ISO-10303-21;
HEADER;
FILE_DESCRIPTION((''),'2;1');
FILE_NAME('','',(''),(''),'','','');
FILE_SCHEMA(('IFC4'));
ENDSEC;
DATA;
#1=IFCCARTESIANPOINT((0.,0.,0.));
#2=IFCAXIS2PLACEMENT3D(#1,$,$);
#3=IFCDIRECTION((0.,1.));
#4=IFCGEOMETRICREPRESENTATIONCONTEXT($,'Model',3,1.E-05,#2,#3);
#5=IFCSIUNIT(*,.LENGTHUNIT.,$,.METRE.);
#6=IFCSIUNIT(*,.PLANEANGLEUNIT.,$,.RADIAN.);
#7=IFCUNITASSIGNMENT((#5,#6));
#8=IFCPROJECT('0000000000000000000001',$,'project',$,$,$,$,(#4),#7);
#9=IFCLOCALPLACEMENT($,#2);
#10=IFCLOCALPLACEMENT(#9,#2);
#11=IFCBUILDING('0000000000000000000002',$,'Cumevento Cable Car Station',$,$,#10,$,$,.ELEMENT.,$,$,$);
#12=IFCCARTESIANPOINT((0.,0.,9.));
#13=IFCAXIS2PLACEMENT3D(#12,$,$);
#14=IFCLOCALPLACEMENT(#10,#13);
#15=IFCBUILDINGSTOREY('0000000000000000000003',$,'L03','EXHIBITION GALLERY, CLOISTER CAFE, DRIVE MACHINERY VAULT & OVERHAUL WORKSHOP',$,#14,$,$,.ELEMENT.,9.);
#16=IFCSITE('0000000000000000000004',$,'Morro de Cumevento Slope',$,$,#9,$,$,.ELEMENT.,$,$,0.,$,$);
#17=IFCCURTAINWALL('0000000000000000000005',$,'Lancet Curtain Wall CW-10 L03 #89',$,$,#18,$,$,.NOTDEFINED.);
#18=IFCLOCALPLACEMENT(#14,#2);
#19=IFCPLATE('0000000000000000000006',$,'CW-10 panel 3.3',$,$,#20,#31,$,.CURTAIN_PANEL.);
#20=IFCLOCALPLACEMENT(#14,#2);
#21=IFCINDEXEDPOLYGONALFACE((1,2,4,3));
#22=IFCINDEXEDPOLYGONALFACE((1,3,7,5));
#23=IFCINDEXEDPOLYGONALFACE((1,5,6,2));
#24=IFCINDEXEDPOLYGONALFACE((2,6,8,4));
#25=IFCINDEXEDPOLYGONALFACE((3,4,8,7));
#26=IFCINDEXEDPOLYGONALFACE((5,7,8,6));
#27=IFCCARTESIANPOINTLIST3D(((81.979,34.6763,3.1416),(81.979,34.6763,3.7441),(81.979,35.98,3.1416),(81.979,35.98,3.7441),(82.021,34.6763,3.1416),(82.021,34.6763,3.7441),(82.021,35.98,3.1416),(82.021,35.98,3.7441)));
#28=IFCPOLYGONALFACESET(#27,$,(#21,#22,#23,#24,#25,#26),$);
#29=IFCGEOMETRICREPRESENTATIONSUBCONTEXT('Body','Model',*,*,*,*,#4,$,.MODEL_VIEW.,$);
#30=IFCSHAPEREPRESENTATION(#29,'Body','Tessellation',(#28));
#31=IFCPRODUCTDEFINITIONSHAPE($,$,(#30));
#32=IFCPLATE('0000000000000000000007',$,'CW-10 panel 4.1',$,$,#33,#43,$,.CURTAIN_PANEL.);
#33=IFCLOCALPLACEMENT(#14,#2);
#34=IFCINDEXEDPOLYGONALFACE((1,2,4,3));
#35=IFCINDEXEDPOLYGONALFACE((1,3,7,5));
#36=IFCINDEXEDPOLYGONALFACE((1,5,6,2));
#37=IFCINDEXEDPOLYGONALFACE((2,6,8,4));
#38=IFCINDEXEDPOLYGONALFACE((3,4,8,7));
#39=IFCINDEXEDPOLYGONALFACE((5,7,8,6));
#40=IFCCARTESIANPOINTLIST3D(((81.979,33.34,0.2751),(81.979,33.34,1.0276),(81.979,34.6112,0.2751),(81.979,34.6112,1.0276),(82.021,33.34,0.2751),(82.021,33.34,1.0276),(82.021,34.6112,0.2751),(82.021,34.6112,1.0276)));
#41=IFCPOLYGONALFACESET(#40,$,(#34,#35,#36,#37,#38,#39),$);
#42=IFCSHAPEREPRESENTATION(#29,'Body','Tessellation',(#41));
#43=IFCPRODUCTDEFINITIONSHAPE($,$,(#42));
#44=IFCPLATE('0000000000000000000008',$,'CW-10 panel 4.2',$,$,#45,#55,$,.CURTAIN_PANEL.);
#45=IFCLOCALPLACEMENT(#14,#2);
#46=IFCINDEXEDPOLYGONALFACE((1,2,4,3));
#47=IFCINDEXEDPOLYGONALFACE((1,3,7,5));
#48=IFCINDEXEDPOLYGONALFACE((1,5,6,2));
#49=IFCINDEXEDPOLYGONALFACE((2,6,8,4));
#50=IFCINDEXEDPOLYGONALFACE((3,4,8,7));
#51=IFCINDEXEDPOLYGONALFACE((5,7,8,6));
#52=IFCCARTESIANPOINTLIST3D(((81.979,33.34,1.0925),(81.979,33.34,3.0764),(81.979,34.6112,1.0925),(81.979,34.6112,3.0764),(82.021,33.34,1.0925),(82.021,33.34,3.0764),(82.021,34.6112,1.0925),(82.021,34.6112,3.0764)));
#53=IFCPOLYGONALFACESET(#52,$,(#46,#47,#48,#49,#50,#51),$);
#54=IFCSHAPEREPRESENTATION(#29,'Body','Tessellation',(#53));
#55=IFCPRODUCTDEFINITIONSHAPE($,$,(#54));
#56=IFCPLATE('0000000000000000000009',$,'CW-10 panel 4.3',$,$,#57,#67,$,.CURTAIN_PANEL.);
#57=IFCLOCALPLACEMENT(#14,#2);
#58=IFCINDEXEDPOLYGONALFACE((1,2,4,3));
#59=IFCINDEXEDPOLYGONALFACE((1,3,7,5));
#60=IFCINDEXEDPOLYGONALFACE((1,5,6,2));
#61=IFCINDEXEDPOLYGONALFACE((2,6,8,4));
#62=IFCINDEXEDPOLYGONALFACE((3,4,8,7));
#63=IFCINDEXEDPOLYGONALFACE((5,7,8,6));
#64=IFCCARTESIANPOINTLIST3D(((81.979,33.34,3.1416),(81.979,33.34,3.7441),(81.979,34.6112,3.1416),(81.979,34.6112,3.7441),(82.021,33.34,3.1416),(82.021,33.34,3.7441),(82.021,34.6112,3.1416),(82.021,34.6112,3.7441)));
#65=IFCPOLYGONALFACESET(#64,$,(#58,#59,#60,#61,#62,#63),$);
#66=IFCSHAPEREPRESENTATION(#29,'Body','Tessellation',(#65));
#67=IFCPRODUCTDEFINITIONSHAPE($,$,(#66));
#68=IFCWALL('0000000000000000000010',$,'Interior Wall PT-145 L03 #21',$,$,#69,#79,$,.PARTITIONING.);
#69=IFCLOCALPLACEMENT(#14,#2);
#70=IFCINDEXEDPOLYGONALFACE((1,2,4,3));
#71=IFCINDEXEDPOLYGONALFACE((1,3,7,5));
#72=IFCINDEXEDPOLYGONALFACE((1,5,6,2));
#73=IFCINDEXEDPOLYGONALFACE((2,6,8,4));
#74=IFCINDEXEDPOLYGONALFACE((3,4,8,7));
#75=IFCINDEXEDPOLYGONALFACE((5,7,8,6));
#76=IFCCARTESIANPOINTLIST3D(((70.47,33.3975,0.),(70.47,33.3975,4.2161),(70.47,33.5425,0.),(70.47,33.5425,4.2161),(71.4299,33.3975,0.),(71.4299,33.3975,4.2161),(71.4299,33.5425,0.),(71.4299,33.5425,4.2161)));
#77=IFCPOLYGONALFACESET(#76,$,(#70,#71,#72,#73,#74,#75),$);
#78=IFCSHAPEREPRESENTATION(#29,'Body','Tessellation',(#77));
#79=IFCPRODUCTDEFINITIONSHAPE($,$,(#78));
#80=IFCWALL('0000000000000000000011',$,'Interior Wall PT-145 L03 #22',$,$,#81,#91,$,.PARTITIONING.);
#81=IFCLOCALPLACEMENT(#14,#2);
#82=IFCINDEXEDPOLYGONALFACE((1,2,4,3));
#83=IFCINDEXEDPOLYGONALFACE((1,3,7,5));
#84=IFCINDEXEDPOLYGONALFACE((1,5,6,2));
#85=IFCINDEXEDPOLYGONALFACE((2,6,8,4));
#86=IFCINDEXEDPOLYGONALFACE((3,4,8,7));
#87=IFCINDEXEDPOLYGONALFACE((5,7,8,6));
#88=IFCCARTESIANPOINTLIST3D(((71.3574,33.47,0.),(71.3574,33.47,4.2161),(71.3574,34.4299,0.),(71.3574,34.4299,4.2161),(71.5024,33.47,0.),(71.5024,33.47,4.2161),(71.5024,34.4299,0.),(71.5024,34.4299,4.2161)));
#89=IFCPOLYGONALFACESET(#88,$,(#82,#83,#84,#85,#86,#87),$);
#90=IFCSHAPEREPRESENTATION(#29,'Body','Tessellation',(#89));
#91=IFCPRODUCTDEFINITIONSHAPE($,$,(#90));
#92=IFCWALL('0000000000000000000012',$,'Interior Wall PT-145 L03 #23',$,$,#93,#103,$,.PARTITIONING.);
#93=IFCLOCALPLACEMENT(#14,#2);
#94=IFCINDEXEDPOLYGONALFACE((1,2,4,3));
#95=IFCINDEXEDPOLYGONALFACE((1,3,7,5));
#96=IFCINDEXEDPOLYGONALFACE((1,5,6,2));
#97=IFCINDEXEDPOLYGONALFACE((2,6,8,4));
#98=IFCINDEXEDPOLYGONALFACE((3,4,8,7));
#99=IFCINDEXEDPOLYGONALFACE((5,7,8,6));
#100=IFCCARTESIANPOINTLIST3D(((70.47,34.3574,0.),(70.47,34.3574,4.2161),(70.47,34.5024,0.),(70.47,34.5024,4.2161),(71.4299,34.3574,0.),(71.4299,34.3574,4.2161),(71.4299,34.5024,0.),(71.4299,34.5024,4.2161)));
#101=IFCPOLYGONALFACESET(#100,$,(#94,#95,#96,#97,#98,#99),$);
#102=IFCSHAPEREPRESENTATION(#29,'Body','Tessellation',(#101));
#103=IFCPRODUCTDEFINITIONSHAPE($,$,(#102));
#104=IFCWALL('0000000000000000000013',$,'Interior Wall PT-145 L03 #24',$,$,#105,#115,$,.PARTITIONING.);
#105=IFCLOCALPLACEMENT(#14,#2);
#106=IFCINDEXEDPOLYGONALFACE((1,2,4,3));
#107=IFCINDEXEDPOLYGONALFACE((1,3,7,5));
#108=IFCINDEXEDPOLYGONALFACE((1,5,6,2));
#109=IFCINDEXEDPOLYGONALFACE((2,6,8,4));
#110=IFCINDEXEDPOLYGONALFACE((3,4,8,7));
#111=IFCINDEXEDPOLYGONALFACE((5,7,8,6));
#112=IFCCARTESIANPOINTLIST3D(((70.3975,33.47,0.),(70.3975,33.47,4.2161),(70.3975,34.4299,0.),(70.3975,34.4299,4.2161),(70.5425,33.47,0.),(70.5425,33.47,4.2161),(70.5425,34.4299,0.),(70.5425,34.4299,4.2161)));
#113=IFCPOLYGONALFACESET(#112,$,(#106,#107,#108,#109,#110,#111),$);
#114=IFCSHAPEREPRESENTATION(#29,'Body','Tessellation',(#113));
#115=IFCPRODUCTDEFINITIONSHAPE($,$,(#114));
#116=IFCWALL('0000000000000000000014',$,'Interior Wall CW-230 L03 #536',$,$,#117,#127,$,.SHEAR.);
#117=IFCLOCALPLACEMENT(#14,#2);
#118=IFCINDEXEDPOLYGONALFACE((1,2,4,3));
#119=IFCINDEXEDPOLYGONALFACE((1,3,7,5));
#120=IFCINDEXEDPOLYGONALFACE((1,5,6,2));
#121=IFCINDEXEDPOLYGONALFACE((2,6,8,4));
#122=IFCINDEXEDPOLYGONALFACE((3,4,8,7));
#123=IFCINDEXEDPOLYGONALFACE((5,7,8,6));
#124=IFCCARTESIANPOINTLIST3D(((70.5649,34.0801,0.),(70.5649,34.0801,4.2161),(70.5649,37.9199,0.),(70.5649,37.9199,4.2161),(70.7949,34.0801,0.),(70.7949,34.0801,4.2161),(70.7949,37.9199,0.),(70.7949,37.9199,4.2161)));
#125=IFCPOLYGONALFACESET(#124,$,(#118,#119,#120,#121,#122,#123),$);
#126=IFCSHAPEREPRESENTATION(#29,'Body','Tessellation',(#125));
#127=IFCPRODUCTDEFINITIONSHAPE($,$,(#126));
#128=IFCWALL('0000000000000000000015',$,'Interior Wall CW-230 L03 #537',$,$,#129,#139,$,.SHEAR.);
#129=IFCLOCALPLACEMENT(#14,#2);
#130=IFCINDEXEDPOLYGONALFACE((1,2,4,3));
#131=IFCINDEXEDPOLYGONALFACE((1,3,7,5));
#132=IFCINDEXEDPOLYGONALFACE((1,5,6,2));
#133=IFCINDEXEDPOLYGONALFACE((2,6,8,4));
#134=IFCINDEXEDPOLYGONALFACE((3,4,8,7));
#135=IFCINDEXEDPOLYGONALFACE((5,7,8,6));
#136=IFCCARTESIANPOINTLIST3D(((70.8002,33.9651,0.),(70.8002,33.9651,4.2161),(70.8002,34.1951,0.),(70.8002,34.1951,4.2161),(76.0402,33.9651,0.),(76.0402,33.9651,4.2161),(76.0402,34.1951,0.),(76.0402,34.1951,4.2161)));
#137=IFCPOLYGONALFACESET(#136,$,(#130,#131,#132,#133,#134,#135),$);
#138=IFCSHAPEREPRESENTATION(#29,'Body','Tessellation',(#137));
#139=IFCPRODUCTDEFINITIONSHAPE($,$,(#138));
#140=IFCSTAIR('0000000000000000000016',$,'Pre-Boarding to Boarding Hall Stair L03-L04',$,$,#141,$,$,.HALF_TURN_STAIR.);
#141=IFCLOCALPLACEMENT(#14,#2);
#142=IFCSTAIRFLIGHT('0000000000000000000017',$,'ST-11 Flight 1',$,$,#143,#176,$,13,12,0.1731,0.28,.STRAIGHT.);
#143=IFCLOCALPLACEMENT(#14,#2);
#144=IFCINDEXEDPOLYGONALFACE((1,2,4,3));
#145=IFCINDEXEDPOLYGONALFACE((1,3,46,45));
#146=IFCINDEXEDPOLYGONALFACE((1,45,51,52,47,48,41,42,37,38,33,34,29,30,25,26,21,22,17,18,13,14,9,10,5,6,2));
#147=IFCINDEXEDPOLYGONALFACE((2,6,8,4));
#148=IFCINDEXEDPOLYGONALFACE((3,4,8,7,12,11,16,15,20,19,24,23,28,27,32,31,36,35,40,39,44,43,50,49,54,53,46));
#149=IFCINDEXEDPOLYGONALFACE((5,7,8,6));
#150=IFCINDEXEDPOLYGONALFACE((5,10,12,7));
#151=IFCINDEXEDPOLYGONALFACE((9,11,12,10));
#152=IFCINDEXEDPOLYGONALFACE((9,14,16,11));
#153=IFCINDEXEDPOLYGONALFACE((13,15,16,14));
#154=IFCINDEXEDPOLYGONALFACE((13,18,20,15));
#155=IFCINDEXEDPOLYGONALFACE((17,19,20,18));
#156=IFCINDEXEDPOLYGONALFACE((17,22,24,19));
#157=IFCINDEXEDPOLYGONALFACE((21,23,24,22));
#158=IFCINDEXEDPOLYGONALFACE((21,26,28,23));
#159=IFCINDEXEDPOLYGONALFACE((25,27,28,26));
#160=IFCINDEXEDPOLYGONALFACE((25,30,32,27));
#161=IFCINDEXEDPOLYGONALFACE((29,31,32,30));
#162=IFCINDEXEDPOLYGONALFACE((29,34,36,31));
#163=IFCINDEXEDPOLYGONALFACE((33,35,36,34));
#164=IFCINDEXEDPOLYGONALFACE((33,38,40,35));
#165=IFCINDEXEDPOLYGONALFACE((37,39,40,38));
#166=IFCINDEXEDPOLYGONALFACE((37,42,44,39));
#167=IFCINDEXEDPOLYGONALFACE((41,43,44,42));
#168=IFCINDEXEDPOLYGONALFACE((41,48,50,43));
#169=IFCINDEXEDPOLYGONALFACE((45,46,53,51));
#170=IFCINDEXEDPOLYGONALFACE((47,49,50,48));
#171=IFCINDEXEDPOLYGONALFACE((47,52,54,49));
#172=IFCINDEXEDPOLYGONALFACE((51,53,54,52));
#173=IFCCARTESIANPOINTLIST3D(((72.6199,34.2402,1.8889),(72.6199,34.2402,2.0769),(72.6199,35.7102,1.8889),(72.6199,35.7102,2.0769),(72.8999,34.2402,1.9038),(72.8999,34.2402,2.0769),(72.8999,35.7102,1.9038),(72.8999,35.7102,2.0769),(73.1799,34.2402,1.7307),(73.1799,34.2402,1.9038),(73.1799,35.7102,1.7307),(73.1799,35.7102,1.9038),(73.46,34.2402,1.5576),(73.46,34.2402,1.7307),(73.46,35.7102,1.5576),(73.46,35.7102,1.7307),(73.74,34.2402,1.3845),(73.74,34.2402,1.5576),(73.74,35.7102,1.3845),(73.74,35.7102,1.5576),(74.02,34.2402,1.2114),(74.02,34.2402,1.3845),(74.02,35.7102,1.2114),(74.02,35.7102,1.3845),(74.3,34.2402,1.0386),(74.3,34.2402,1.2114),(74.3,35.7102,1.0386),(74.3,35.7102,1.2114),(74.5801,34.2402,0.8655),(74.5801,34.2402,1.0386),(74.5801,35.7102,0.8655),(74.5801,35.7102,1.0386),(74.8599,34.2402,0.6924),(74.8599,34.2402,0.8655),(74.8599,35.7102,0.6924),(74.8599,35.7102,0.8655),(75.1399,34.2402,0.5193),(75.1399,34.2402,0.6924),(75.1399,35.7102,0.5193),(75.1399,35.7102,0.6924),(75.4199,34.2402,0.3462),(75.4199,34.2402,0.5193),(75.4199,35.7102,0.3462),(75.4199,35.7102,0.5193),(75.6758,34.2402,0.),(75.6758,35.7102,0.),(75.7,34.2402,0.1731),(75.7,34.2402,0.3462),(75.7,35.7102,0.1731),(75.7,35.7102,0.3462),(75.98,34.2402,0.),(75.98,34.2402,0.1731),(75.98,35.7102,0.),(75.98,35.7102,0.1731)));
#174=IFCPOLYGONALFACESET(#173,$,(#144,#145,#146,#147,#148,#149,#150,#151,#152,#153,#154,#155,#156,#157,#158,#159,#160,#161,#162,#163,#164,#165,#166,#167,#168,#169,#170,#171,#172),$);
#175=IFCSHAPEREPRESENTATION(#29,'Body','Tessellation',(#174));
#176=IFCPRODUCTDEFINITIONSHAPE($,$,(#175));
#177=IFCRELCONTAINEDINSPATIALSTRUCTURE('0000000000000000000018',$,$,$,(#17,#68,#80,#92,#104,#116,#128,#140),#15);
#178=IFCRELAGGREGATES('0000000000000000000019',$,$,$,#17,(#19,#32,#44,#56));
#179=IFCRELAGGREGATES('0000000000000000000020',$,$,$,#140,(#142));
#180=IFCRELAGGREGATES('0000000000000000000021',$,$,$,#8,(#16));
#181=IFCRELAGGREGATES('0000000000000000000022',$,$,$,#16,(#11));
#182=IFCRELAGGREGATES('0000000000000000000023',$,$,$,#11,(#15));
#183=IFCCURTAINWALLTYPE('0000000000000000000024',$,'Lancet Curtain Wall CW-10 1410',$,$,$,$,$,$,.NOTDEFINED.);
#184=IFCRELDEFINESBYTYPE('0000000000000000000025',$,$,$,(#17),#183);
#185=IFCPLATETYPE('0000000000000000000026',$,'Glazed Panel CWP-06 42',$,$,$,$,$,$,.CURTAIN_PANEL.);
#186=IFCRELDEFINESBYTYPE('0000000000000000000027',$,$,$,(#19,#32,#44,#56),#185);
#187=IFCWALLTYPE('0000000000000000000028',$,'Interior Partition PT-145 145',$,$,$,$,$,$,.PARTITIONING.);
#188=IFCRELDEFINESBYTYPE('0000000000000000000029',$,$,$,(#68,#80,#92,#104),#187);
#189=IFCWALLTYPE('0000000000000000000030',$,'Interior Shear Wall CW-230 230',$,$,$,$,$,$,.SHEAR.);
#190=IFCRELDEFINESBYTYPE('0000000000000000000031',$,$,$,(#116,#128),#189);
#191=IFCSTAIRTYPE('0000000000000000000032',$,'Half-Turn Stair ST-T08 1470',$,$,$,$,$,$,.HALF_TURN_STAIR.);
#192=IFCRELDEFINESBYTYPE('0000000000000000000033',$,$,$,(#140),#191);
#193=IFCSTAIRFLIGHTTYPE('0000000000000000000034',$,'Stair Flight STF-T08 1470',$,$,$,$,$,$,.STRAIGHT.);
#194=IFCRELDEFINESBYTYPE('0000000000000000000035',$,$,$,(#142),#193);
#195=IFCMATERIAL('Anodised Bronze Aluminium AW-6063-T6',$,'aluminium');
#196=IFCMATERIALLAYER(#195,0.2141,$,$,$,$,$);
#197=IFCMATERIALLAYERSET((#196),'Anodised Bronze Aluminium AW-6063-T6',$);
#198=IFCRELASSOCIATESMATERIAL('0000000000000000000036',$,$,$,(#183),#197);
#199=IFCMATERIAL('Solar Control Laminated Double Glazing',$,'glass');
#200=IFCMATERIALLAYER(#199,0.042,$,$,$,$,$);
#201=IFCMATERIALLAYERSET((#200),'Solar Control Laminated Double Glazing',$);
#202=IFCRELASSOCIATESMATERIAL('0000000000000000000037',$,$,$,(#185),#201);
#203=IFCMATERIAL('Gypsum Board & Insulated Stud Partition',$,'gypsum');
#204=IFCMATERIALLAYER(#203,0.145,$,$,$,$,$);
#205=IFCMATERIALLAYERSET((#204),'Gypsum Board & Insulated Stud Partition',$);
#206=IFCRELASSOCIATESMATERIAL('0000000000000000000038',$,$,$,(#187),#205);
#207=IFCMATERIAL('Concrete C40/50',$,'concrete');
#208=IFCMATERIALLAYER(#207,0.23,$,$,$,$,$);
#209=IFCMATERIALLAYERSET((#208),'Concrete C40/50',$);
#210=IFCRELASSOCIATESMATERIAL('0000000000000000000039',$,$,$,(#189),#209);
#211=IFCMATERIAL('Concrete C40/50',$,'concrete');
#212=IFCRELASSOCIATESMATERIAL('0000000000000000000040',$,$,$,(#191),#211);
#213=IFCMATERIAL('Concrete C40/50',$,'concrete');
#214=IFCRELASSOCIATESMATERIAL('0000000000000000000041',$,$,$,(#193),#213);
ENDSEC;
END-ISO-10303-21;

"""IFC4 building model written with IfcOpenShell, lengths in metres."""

from ifc_helpers import new_model, si_unit, direction, frame, frame_2d, origin, origin_2d, place, context, subcontext, project, spatial, polyline, rectangle, outline, extrude, material, layer, layer_set, type_object, element, aggregate, save


model = new_model("IFC4")

# Units and contexts
model_context = context("Model", 3, precision=1e-05, world=origin(), true_north=direction((0.0, 1.0)))
body_context = subcontext(model_context, "Body", "Model", "MODEL_VIEW")
ifc_project = project(units=[si_unit("LENGTHUNIT", "METRE"), si_unit("PLANEANGLEUNIT", "RADIAN")], contexts=[model_context])

# Site, building, storey
site_placement = place(None, origin())
site = spatial("IfcSite", under=ifc_project, at=site_placement, Name="Morro de Cumevento Slope", CompositionType="ELEMENT", RefElevation=0.0)
building_placement = place(site_placement, origin())
building = spatial("IfcBuilding", under=site, at=building_placement, Name="Cumevento Cable Car Station", CompositionType="ELEMENT")
storey_placement = place(building_placement, frame((0.0, 0.0, 9.0)))
storey = spatial("IfcBuildingStorey", under=building, at=storey_placement, Name="L03", Description="EXHIBITION GALLERY, CLOISTER CAFE, DRIVE MACHINERY VAULT & OVERHAUL WORKSHOP", CompositionType="ELEMENT", Elevation=9.0)

# Curtain wall
ifc_material_1 = material(Name="Anodised Bronze Aluminium AW-6063-T6", Category="aluminium")
ifc_layer_1 = layer(ifc_material_1, 0.2141)
ifc_layer_set_1 = layer_set([ifc_layer_1], Name="Anodised Bronze Aluminium AW-6063-T6")
curtain_wall_type = type_object("IfcCurtainWallType", Name="Lancet Curtain Wall CW-10 1410", PredefinedType="NOTDEFINED", material=ifc_layer_set_1)
curtain_wall_placement = place(storey_placement, origin())
curtain_wall = element("IfcCurtainWall", 1, at=curtain_wall_placement, inside=storey, type_object=curtain_wall_type, Name="Lancet Curtain Wall CW-10 L03 #89", PredefinedType="NOTDEFINED")

# Plates
ifc_material_2 = material(Name="Solar Control Laminated Double Glazing", Category="glass")
ifc_layer_2 = layer(ifc_material_2, 0.042)
ifc_layer_set_2 = layer_set([ifc_layer_2], Name="Solar Control Laminated Double Glazing")
plate_type = type_object("IfcPlateType", Name="Glazed Panel CWP-06 42", PredefinedType="CURTAIN_PANEL", material=ifc_layer_set_2)
plate_1_placement = place(storey_placement, frame((82.0, 35.3281, 3.1416), z_axis=(0.0, 0.0, 1.0), x_axis=(0.0, -1.0, 0.0)))
plate_1 = element("IfcPlate", 2, at=plate_1_placement, type_object=plate_type, Name="CW-10 panel 3.3", PredefinedType="CURTAIN_PANEL", context=body_context, shape_type="SweptSolid", body=[
    extrude(rectangle(XDim=1.3037, YDim=0.042, at=origin_2d()), origin(), (0.0, 0.0, 1.0), 0.6025),
])
plate_2_placement = place(storey_placement, frame((82.0, 33.9756, 0.2751), z_axis=(0.0, 0.0, 1.0), x_axis=(0.0, -1.0, 0.0)))
plate_2 = element("IfcPlate", 3, at=plate_2_placement, type_object=plate_type, Name="CW-10 panel 4.1", PredefinedType="CURTAIN_PANEL", context=body_context, shape_type="SweptSolid", body=[
    extrude(rectangle(XDim=1.2712, YDim=0.042, at=origin_2d()), origin(), (0.0, 0.0, 1.0), 0.7524),
])
plate_3_placement = place(storey_placement, frame((82.0, 33.9756, 1.0925), z_axis=(0.0, 0.0, 1.0), x_axis=(0.0, -1.0, 0.0)))
plate_3 = element("IfcPlate", 4, at=plate_3_placement, type_object=plate_type, Name="CW-10 panel 4.2", PredefinedType="CURTAIN_PANEL", context=body_context, shape_type="SweptSolid", body=[
    extrude(rectangle(XDim=1.2712, YDim=0.042, at=origin_2d()), origin(), (0.0, 0.0, 1.0), 1.9839),
])
plate_4_placement = place(storey_placement, frame((82.0, 33.9756, 3.1416), z_axis=(0.0, 0.0, 1.0), x_axis=(0.0, -1.0, 0.0)))
plate_4 = element("IfcPlate", 5, at=plate_4_placement, type_object=plate_type, Name="CW-10 panel 4.3", PredefinedType="CURTAIN_PANEL", context=body_context, shape_type="SweptSolid", body=[
    extrude(rectangle(XDim=1.2712, YDim=0.042, at=origin_2d()), origin(), (0.0, 0.0, 1.0), 0.6025),
])
aggregate(curtain_wall, [plate_1, plate_2, plate_3, plate_4])

# Walls
ifc_material_3 = material(Name="Gypsum Board & Insulated Stud Partition", Category="gypsum")
ifc_layer_3 = layer(ifc_material_3, 0.145)
ifc_layer_set_3 = layer_set([ifc_layer_3], Name="Gypsum Board & Insulated Stud Partition")
wall_type_1 = type_object("IfcWallType", Name="Interior Partition PT-145 145", PredefinedType="PARTITIONING", material=ifc_layer_set_3)
for number, where, z_axis, x_axis, name in (
    (6, (70.47, 33.47, 0.0), (0.0, 0.0, 1.0), (1.0, 0.0, 0.0), "Interior Wall PT-145 L03 #21"),
    (7, (71.4299, 33.47, 0.0), (0.0, 0.0, 1.0), (0.0, 1.0, 0.0), "Interior Wall PT-145 L03 #22"),
    (8, (71.4299, 34.4299, 0.0), (0.0, 0.0, 1.0), (-1.0, 0.0, 0.0), "Interior Wall PT-145 L03 #23"),
    (9, (70.47, 34.4299, 0.0), (0.0, 0.0, 1.0), (0.0, -1.0, 0.0), "Interior Wall PT-145 L03 #24"),
):
    element("IfcWall", number, at=place(storey_placement, frame(where, z_axis=z_axis, x_axis=x_axis)), inside=storey, type_object=wall_type_1, Name=name, PredefinedType="PARTITIONING", context=body_context, shape_type="SweptSolid", body=[
        extrude(rectangle(XDim=0.96, YDim=0.145, at=frame_2d((0.48, 0.0))), origin(), (0.0, 0.0, 1.0), 4.2161),
    ])
ifc_material_4 = material(Name="Concrete C40/50", Category="concrete")
ifc_layer_4 = layer(ifc_material_4, 0.23)
ifc_layer_set_4 = layer_set([ifc_layer_4], Name="Concrete C40/50")
wall_type_2 = type_object("IfcWallType", Name="Interior Shear Wall CW-230 230", PredefinedType="SHEAR", material=ifc_layer_set_4)
wall_1_placement = place(storey_placement, frame((70.6799, 34.0801, 0.0), z_axis=(0.0, 0.0, 1.0), x_axis=(0.0, 1.0, 0.0)))
element("IfcWall", 10, at=wall_1_placement, inside=storey, type_object=wall_type_2, Name="Interior Wall CW-230 L03 #536", PredefinedType="SHEAR", context=body_context, shape_type="SweptSolid", body=[
    extrude(rectangle(XDim=3.8398, YDim=0.23, at=frame_2d((1.9199, 0.0))), origin(), (0.0, 0.0, 1.0), 4.2161),
])
wall_2_placement = place(storey_placement, frame((70.8, 34.0801, 0.0), z_axis=(0.0, 0.0, 1.0), x_axis=(1.0, 0.0, 0.0)))
element("IfcWall", 11, at=wall_2_placement, inside=storey, type_object=wall_type_2, Name="Interior Wall CW-230 L03 #537", PredefinedType="SHEAR", context=body_context, shape_type="SweptSolid", body=[
    extrude(rectangle(XDim=5.24, YDim=0.23, at=frame_2d((2.6201, 0.0))), origin(), (0.0, 0.0, 1.0), 4.2161),
])

# Stair, stair flight
ifc_material_5 = material(Name="Concrete C40/50", Category="concrete")
stair_type = type_object("IfcStairType", Name="Half-Turn Stair ST-T08 1470", PredefinedType="HALF_TURN_STAIR", material=ifc_material_5)
stair_placement = place(storey_placement, origin())
stair = element("IfcStair", 12, at=stair_placement, inside=storey, type_object=stair_type, Name="Pre-Boarding to Boarding Hall Stair L03-L04", PredefinedType="HALF_TURN_STAIR")
ifc_material_6 = material(Name="Concrete C40/50", Category="concrete")
stair_flight_type = type_object("IfcStairFlightType", Name="Stair Flight STF-T08 1470", PredefinedType="STRAIGHT", material=ifc_material_6)
stair_flight_placement = place(storey_placement, frame((75.98, 34.9751, 0.0), z_axis=(0.0, 0.0, 1.0), x_axis=(-1.0, 0.0, 0.0)))
stair_flight = element("IfcStairFlight", 13, at=stair_flight_placement, type_object=stair_flight_type, Name="ST-11 Flight 1", NumberOfRisers=13, NumberOfTreads=12, PredefinedType="STRAIGHT", RiserHeight=0.1731, TreadLength=0.28, context=body_context, shape_type="SweptSolid", body=[
    extrude(outline(polyline([(0.0, 0.0), (0.0, 0.1731), (0.28, 0.1731), (0.28, 0.3462), (0.5601, 0.3462), (0.5601, 0.5193), (0.8401, 0.5193), (0.8401, 0.6924), (1.1201, 0.6924), (1.1201, 0.8655), (1.3999, 0.8655), (1.3999, 1.0386), (1.6799, 1.0386), (1.6799, 1.2114), (1.96, 1.2114), (1.96, 1.3845), (2.24, 1.3845), (2.24, 1.5576), (2.52, 1.5576), (2.52, 1.7307), (2.8, 1.7307), (2.8, 1.9038), (3.0801, 1.9038), (3.0801, 2.0769), (3.3601, 2.0769), (3.3601, 2.25), (3.3601, 1.8889), (0.3042, 0.0), (0.0, 0.0)])), frame((0.0, 0.7349, 0.0), z_axis=(0.0, -1.0, 0.0), x_axis=(1.0, 0.0, 0.0)), (0.0, 0.0, 1.0), 1.47),
])
aggregate(stair, [stair_flight])

save(model, "model.ifc")
